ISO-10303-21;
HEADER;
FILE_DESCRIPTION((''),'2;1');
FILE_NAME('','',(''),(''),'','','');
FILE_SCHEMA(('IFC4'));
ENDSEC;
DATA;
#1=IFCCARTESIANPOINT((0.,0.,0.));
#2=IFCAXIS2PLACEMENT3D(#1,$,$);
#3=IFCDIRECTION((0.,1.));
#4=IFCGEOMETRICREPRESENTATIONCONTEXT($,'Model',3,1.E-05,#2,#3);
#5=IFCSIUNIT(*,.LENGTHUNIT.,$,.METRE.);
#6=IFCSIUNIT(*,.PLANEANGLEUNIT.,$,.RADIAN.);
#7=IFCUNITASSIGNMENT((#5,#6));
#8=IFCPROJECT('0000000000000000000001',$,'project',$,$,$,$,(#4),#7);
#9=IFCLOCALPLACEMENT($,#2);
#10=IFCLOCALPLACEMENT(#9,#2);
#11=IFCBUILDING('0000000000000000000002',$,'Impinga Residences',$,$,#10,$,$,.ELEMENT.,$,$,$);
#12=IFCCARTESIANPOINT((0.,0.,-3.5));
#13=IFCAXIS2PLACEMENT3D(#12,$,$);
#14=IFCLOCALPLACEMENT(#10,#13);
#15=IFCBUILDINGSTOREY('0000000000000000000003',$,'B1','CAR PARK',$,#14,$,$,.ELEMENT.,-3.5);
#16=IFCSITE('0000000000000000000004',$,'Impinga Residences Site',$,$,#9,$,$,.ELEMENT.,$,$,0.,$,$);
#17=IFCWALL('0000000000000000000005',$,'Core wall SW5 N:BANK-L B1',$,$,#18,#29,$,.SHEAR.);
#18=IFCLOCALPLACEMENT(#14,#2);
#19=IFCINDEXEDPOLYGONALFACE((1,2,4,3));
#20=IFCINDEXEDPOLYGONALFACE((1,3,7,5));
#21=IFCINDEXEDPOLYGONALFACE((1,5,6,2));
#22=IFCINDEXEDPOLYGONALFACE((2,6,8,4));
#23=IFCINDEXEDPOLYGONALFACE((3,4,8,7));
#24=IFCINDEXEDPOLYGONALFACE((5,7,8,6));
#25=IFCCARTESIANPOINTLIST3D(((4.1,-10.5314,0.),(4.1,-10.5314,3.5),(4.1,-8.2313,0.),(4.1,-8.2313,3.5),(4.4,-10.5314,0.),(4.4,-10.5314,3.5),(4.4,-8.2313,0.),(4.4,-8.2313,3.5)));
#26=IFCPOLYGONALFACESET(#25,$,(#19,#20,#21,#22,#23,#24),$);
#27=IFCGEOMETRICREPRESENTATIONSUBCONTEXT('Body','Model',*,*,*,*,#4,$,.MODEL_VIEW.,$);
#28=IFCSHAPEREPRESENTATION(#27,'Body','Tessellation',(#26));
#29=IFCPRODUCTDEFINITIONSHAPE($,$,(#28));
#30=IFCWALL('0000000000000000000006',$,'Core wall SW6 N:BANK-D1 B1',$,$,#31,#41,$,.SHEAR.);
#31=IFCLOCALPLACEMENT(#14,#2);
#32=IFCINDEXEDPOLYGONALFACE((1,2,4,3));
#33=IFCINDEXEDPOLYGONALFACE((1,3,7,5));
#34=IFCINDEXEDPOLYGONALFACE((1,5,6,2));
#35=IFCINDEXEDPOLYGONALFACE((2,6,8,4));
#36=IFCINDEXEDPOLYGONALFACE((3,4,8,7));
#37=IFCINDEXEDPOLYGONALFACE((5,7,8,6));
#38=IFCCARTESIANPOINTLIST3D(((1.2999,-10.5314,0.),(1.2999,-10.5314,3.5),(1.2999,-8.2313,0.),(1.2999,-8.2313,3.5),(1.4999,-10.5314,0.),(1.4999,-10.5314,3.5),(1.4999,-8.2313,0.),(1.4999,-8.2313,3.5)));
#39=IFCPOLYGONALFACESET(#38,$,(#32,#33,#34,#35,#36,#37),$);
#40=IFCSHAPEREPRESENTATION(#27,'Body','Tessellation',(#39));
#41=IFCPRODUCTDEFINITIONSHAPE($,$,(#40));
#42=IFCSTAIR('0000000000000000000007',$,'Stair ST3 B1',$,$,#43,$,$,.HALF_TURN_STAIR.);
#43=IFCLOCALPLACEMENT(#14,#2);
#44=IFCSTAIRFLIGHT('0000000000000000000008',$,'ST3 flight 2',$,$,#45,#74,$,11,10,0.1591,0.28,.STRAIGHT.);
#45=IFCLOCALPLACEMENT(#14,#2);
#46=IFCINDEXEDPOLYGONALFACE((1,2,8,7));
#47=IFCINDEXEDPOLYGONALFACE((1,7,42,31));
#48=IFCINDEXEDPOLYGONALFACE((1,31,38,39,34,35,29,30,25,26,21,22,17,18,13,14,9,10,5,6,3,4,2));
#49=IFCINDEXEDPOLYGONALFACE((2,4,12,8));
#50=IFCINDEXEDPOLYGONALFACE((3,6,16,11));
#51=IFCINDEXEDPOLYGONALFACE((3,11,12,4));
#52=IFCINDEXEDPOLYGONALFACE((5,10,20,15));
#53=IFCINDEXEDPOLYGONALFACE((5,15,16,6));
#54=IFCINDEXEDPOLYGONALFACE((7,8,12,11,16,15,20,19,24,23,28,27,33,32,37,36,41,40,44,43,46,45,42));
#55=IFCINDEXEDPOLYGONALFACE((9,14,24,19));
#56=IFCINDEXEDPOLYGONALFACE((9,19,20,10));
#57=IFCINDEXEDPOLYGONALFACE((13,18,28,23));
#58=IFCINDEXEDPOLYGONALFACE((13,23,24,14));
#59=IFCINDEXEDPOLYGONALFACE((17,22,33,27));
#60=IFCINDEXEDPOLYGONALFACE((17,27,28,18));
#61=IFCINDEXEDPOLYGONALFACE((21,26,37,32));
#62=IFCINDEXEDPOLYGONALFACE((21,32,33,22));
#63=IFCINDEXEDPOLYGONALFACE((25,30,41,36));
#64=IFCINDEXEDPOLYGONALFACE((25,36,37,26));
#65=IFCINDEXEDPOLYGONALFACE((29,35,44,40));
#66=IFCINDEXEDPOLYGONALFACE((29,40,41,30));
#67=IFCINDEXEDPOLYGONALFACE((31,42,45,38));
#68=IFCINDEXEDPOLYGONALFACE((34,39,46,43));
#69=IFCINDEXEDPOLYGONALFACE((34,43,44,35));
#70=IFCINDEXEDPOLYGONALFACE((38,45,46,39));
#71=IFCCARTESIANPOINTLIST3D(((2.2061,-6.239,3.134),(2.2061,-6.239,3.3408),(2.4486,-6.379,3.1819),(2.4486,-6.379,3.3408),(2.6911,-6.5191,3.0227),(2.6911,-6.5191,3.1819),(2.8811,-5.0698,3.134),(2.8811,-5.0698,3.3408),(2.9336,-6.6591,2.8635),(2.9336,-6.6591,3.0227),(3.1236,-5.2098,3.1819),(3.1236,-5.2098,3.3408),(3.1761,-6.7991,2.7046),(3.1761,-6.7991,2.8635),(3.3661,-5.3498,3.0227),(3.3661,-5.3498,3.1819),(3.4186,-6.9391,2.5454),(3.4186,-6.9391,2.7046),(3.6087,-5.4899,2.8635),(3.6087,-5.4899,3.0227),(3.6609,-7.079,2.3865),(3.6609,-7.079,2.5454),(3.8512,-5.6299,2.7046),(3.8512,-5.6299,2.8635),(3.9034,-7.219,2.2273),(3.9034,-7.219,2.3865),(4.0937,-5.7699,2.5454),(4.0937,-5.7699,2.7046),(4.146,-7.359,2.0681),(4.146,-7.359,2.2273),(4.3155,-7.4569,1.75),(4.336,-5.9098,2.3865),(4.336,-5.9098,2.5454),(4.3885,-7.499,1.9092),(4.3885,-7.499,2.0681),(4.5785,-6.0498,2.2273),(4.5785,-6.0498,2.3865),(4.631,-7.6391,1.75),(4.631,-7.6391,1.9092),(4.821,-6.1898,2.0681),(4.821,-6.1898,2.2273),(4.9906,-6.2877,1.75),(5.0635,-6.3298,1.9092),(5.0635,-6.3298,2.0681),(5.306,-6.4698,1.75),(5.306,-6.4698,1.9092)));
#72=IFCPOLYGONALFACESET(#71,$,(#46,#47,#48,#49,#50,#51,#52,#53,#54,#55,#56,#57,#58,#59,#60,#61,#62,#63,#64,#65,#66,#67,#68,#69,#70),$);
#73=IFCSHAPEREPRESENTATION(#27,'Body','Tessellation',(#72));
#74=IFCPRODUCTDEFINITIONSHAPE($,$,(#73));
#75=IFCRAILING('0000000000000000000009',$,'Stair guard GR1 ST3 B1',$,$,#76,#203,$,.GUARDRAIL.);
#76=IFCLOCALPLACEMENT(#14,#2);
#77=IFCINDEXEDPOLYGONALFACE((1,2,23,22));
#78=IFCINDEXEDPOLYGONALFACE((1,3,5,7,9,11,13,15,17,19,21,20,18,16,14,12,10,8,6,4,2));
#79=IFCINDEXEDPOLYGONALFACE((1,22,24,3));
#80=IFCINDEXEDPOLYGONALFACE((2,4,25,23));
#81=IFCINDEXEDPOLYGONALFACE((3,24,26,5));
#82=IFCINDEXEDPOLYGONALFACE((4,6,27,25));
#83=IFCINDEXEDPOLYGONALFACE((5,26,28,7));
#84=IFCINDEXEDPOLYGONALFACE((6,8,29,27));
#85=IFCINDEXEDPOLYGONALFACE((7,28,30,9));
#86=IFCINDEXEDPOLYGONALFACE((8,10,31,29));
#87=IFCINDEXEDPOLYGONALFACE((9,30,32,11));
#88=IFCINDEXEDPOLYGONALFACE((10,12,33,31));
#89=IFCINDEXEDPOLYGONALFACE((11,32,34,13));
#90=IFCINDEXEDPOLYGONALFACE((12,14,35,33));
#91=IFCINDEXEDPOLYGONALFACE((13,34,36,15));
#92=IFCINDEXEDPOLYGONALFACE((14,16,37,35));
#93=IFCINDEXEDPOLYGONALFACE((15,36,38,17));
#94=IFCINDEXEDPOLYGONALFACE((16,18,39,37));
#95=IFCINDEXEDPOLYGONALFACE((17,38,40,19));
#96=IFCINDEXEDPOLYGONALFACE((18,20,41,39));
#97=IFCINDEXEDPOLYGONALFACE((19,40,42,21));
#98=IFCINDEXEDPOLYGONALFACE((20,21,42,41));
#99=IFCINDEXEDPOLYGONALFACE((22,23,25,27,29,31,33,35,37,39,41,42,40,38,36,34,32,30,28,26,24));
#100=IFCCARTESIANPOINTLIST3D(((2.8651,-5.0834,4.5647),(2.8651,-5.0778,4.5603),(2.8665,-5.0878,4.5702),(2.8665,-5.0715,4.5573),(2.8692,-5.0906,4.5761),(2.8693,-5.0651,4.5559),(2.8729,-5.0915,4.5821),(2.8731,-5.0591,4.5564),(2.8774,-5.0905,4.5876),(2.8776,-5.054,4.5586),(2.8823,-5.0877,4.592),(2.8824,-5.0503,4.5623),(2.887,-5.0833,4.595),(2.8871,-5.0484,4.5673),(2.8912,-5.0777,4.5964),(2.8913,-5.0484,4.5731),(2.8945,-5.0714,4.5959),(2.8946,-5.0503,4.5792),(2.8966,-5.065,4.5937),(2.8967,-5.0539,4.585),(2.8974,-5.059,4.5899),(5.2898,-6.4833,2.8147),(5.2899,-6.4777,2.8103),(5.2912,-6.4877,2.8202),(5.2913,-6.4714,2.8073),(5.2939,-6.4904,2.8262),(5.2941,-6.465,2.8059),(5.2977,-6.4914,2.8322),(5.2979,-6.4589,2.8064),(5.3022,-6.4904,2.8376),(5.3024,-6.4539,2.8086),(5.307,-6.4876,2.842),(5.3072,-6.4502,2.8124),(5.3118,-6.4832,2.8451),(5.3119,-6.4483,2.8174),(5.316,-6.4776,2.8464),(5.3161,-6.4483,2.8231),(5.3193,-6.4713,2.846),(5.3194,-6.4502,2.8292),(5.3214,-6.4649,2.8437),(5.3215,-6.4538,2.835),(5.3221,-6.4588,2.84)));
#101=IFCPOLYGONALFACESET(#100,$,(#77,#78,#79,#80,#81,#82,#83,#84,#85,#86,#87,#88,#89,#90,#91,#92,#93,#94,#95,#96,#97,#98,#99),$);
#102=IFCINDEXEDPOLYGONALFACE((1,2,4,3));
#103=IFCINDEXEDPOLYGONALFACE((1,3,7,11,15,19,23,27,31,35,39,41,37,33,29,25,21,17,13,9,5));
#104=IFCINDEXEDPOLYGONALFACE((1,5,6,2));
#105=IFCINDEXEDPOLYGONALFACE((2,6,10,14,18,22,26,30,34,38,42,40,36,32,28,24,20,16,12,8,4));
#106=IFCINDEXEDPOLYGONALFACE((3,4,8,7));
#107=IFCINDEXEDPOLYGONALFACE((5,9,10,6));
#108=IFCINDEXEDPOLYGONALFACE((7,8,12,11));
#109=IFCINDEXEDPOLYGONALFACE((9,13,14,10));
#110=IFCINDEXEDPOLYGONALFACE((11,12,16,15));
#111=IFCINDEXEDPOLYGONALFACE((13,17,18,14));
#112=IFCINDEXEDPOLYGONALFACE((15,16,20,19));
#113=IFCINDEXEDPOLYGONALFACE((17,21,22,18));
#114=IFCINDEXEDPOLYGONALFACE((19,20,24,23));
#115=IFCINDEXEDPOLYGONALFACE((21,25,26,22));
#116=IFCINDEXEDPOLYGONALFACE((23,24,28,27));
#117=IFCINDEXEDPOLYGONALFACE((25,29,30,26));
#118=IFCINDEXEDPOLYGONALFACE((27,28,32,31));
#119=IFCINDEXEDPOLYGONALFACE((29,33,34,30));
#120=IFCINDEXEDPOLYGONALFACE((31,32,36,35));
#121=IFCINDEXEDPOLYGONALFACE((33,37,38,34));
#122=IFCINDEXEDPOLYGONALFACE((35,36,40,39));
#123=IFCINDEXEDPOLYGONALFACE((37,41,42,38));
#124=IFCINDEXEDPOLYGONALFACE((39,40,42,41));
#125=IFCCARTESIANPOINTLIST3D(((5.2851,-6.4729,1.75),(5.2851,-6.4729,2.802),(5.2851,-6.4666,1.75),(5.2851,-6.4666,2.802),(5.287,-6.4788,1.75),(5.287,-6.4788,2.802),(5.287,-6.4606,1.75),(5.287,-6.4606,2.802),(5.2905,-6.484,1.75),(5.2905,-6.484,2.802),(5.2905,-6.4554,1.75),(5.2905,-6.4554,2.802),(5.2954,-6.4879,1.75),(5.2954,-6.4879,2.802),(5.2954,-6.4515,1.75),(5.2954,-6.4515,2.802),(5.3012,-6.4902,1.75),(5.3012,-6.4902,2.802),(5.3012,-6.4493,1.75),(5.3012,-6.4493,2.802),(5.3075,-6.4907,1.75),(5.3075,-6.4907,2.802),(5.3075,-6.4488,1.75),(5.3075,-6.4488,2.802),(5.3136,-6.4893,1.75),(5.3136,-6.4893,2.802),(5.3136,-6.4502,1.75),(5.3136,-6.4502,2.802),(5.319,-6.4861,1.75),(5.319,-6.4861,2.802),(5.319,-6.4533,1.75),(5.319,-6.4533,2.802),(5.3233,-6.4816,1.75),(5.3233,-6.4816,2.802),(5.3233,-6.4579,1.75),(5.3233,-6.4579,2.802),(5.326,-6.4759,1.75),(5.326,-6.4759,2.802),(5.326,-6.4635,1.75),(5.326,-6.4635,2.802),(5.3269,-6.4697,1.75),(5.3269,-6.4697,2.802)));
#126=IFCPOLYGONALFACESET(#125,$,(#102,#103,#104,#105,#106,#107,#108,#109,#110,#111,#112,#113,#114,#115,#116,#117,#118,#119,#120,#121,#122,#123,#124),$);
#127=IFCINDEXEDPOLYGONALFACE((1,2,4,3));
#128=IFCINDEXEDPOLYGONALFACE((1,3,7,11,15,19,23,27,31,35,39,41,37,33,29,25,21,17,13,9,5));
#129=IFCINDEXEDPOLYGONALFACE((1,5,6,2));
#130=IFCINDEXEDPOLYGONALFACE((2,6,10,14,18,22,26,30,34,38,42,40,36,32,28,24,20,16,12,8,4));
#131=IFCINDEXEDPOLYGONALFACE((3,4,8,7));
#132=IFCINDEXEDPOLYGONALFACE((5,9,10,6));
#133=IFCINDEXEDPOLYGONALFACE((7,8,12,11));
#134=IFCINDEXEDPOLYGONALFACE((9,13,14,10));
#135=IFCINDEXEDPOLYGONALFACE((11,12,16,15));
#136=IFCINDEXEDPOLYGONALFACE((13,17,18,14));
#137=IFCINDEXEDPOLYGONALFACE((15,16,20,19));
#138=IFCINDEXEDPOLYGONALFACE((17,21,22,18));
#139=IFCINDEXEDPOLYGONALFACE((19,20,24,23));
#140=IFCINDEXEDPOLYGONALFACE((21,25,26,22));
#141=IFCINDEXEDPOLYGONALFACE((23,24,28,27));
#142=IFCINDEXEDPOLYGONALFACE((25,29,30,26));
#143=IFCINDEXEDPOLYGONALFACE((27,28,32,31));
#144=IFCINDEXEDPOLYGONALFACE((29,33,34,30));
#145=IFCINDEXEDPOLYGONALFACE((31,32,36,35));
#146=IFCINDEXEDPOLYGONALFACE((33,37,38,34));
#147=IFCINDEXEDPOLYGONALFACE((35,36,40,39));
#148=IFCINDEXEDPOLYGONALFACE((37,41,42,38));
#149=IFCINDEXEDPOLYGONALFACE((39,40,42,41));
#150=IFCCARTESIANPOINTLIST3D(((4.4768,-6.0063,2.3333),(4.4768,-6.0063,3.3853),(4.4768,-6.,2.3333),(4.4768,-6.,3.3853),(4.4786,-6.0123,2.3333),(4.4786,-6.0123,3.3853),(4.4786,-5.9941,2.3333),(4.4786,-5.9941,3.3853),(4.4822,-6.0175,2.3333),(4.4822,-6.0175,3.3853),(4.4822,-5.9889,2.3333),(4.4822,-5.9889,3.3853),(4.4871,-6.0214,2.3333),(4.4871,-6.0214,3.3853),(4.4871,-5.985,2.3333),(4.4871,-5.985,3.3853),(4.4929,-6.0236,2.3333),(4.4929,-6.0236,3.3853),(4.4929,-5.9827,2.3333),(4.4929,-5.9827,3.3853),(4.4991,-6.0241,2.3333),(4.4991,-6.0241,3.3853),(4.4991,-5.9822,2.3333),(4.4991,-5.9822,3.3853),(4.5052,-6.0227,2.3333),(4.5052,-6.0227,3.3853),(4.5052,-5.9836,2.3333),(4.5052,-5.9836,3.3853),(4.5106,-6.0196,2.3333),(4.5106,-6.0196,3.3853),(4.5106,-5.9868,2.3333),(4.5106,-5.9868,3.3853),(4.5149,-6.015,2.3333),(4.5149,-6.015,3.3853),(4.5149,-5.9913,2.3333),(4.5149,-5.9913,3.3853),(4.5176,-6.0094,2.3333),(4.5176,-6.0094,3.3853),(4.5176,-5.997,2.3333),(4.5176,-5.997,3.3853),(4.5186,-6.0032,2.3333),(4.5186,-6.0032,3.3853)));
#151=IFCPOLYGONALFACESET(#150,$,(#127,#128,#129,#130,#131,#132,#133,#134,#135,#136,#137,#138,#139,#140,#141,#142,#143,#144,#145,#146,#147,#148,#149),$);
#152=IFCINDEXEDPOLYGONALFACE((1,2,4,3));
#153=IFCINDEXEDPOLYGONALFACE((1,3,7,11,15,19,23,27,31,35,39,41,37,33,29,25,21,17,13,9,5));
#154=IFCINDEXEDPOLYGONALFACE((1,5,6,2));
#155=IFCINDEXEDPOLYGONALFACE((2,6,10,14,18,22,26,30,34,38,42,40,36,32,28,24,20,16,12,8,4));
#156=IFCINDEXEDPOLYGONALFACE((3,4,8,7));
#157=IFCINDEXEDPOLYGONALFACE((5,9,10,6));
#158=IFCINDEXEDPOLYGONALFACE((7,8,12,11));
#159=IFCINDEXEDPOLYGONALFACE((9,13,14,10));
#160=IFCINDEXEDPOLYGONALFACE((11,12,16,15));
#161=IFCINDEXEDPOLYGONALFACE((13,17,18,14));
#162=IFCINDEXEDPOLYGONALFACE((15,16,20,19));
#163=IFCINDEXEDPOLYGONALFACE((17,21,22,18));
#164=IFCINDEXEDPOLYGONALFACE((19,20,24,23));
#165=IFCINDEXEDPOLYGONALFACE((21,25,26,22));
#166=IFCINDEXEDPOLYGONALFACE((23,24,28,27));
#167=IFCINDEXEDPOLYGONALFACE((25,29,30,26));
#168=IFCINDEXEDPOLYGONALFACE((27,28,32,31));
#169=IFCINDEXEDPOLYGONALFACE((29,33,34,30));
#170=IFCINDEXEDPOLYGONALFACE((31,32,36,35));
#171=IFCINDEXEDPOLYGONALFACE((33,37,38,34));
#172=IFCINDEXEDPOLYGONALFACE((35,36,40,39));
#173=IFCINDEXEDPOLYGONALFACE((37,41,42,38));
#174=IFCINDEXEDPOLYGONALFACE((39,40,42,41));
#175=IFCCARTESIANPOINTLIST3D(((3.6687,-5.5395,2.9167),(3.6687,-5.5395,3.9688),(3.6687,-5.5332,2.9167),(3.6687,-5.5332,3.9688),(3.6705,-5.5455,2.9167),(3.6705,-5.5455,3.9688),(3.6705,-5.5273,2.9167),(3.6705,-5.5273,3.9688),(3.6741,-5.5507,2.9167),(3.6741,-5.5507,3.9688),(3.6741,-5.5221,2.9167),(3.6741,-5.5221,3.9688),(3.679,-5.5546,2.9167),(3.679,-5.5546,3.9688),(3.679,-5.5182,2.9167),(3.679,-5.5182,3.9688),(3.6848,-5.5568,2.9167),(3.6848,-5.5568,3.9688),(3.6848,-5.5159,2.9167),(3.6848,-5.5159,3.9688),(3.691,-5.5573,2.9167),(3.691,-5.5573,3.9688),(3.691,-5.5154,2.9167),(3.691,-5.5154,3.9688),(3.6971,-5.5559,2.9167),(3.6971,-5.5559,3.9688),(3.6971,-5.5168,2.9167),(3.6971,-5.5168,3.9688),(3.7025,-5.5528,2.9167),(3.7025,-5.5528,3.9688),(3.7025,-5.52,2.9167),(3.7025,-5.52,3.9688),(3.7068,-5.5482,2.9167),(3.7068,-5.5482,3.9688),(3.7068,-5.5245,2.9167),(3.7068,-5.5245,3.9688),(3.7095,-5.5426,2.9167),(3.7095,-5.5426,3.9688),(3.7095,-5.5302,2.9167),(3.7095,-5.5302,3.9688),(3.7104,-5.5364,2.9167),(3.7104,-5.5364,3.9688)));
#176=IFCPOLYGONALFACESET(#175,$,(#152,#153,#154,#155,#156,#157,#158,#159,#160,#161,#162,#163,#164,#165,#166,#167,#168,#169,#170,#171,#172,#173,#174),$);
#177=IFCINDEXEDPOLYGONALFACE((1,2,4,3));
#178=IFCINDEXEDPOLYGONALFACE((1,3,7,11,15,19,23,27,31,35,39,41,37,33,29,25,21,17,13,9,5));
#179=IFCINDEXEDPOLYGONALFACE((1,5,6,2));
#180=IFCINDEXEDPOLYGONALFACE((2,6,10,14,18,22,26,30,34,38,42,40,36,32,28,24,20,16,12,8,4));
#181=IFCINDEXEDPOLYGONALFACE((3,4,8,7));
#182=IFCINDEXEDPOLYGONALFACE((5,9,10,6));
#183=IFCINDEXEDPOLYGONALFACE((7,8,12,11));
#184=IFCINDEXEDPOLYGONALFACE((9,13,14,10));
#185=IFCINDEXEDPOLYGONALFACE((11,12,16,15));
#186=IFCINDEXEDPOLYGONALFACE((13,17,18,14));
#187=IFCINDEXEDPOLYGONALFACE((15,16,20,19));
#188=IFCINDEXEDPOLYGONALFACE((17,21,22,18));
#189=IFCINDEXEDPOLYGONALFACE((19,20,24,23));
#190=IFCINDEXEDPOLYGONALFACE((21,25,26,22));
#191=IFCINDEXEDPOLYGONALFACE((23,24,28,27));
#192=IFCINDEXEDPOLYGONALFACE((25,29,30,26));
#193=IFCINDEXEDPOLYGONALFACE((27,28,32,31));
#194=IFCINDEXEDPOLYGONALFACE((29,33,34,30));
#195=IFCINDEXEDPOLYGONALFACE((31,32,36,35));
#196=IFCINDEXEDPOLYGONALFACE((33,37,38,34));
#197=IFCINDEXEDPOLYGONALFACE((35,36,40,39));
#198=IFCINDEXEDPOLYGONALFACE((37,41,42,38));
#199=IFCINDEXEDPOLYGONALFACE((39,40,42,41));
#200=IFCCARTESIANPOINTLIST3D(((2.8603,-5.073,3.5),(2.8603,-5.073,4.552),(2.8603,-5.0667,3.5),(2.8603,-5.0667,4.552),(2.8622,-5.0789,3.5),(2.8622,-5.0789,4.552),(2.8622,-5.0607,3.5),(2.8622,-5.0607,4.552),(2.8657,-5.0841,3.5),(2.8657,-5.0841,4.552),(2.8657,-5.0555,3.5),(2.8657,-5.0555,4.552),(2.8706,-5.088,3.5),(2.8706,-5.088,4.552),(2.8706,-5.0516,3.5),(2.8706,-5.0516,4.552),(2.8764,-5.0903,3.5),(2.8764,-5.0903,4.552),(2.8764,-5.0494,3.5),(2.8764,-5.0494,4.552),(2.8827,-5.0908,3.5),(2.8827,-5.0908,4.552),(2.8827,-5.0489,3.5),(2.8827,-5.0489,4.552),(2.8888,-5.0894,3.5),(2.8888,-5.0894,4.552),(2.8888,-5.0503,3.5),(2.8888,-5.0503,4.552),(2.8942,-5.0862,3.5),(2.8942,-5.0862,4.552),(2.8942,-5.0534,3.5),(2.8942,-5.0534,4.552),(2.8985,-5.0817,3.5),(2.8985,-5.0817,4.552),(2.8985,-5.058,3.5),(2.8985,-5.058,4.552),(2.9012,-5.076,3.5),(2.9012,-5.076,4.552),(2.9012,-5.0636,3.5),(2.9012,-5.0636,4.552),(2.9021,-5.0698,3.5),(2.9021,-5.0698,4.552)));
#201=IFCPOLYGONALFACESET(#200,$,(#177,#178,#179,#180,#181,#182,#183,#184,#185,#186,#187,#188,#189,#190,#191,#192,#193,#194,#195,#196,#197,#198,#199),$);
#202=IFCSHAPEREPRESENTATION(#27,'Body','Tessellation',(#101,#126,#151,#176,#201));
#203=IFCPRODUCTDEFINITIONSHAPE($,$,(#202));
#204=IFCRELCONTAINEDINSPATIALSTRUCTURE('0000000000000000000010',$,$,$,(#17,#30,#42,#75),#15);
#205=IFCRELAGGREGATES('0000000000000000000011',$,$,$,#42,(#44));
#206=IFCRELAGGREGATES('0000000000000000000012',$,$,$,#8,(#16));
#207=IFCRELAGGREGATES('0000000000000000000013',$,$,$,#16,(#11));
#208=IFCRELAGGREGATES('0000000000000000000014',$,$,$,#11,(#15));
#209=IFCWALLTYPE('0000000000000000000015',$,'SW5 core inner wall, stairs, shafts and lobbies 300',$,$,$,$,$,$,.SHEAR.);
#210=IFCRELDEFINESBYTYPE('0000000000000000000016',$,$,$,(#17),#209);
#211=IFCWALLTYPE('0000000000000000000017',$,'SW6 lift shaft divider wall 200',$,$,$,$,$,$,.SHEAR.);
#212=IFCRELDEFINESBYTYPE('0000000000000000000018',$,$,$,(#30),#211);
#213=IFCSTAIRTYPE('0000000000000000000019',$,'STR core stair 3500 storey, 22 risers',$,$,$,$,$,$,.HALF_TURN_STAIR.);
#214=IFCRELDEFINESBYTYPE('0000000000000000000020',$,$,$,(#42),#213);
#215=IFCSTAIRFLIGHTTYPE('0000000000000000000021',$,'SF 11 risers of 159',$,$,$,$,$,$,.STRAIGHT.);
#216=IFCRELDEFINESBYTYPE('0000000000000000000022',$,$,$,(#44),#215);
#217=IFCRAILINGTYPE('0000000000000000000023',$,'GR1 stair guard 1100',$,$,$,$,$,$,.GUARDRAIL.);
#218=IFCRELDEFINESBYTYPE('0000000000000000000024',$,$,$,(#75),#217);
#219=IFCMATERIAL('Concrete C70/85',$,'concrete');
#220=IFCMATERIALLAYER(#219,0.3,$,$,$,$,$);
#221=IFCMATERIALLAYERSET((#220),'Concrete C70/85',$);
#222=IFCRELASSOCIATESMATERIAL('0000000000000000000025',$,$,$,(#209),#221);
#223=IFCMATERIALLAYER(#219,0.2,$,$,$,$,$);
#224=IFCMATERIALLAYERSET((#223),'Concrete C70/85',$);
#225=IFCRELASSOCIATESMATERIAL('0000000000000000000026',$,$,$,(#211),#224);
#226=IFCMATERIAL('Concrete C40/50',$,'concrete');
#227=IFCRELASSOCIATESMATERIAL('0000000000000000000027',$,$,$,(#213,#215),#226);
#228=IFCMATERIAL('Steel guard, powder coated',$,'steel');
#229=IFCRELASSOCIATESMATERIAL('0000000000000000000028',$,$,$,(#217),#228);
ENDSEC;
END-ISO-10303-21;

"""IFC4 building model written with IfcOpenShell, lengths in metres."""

from ifc_helpers import new_model, si_unit, direction, frame, frame_2d, origin, origin_2d, place, context, subcontext, project, spatial, polyline, rectangle, circle, outline, extrude, material, layer, layer_set, type_object, element, aggregate, save


model = new_model("IFC4")

# Units and contexts
model_context = context("Model", 3, precision=1e-05, world=origin(), true_north=direction((0.0, 1.0)))
body_context = subcontext(model_context, "Body", "Model", "MODEL_VIEW")
ifc_project = project(units=[si_unit("LENGTHUNIT", "METRE"), si_unit("PLANEANGLEUNIT", "RADIAN")], contexts=[model_context])

# Site, building, storey
site_placement = place(None, origin())
site = spatial("IfcSite", under=ifc_project, at=site_placement, Name="Impinga Residences Site", CompositionType="ELEMENT", RefElevation=0.0)
building_placement = place(site_placement, origin())
building = spatial("IfcBuilding", under=site, at=building_placement, Name="Impinga Residences", CompositionType="ELEMENT")
storey_placement = place(building_placement, frame((0.0, 0.0, -3.5)))
storey = spatial("IfcBuildingStorey", under=building, at=storey_placement, Name="B1", Description="CAR PARK", CompositionType="ELEMENT", Elevation=-3.5)

# Shared definitions
ifc_material_1 = material(Name="Concrete C70/85", Category="concrete")

# Shared definitions
ifc_layer_1 = layer(ifc_material_1, 0.3)
ifc_layer_set_1 = layer_set([ifc_layer_1], Name="Concrete C70/85")
wall_type_1 = type_object("IfcWallType", Name="SW5 core inner wall, stairs, shafts and lobbies 300", PredefinedType="SHEAR", material=ifc_layer_set_1)

# Walls
wall_1_placement = place(storey_placement, frame((4.25, -8.2314, 0.0), z_axis=(0.0, 0.0, 1.0), x_axis=(0.0, -1.0, 0.0)))
element("IfcWall", 1, at=wall_1_placement, inside=storey, type_object=wall_type_1, Name="Core wall SW5 N:BANK-L B1", PredefinedType="SHEAR", context=body_context, shape_type="SweptSolid", body=[
    extrude(rectangle(XDim=2.3, YDim=0.3, at=frame_2d((1.1499, 0.0))), origin(), (0.0, 0.0, 1.0), 3.5),
])
ifc_layer_2 = layer(ifc_material_1, 0.2)
ifc_layer_set_2 = layer_set([ifc_layer_2], Name="Concrete C70/85")
wall_type_2 = type_object("IfcWallType", Name="SW6 lift shaft divider wall 200", PredefinedType="SHEAR", material=ifc_layer_set_2)
wall_2_placement = place(storey_placement, frame((1.3999, -8.2314, 0.0), z_axis=(0.0, 0.0, 1.0), x_axis=(0.0, -1.0, 0.0)))
element("IfcWall", 2, at=wall_2_placement, inside=storey, type_object=wall_type_2, Name="Core wall SW6 N:BANK-D1 B1", PredefinedType="SHEAR", context=body_context, shape_type="SweptSolid", body=[
    extrude(rectangle(XDim=2.3, YDim=0.2, at=frame_2d((1.1499, 0.0))), origin(), (0.0, 0.0, 1.0), 3.5),
])

# Stair, stair flight
ifc_material_2 = material(Name="Concrete C40/50", Category="concrete")
stair_type = type_object("IfcStairType", Name="STR core stair 3500 storey, 22 risers", PredefinedType="HALF_TURN_STAIR", material=ifc_material_2)
stair_placement = place(storey_placement, origin())
stair = element("IfcStair", 3, at=stair_placement, inside=storey, type_object=stair_type, Name="Stair ST3 B1", PredefinedType="HALF_TURN_STAIR")
stair_flight_type = type_object("IfcStairFlightType", Name="SF 11 risers of 159", PredefinedType="STRAIGHT", material=ifc_material_2)
stair_flight_placement = place(storey_placement, frame((4.9685, -7.0544, 1.75), z_axis=(0.0, 0.0, 1.0), x_axis=(-0.866025, 0.5, 0.0)))
stair_flight = element("IfcStairFlight", 4, at=stair_flight_placement, type_object=stair_flight_type, Name="ST3 flight 2", NumberOfRisers=11, NumberOfTreads=10, PredefinedType="STRAIGHT", RiserHeight=0.1591, TreadLength=0.28, context=body_context, shape_type="SweptSolid", body=[
    extrude(outline(polyline([(0.0, 0.0), (0.0, 0.1592), (0.28, 0.1592), (0.28, 0.3181), (0.5601, 0.3181), (0.5601, 0.4773), (0.8401, 0.4773), (0.8401, 0.6365), (1.1201, 0.6365), (1.1201, 0.7954), (1.3999, 0.7954), (1.3999, 0.9546), (1.6799, 0.9546), (1.6799, 1.1135), (1.96, 1.1135), (1.96, 1.2727), (2.24, 1.2727), (2.24, 1.4319), (2.52, 1.4319), (2.52, 1.5908), (2.8, 1.5908), (2.8, 1.75), (2.8, 1.384), (0.3643, 0.0), (0.0, 0.0)])), frame((0.0, 0.675, 0.0), z_axis=(0.0, -1.0, 0.0), x_axis=(1.0, 0.0, 0.0)), (0.0, 0.0, 1.0), 1.3501),
])
aggregate(stair, [stair_flight])

# Railing
ifc_material_3 = material(Name="Steel guard, powder coated", Category="steel")
railing_type_1 = type_object("IfcRailingType", Name="GR1 stair guard 1100", PredefinedType="GUARDRAIL", material=ifc_material_3)
railing_1_placement = place(storey_placement, frame((5.3059, -6.4697, 1.75)))
element("IfcRailing", 5, at=railing_1_placement, inside=storey, type_object=railing_type_1, Name="Stair guard GR1 ST3 B1", PredefinedType="GUARDRAIL", context=body_context, shape_type="SweptSolid", body=[
    extrude(circle(Radius=0.0239, at=origin_2d()), frame((0.0, 0.0, 1.0762), z_axis=(-0.734388, 0.423981, 0.530013), x_axis=(-0.499984, -0.866035, 0.0)), (0.0, 0.0, 1.0), 3.3018),
    extrude(circle(Radius=0.021, at=origin_2d()), origin(), (0.0, 0.0, 1.0), 1.052),
    extrude(circle(Radius=0.021, at=origin_2d()), frame((-0.8083, 0.4666, 0.5833)), (0.0, 0.0, 1.0), 1.052),
    extrude(circle(Radius=0.021, at=origin_2d()), frame((-1.6165, 0.9333, 1.1667)), (0.0, 0.0, 1.0), 1.052),
    extrude(circle(Radius=0.021, at=origin_2d()), frame((-2.4248, 1.3999, 1.75)), (0.0, 0.0, 1.0), 1.052),
])

save(model, "model.ifc")
